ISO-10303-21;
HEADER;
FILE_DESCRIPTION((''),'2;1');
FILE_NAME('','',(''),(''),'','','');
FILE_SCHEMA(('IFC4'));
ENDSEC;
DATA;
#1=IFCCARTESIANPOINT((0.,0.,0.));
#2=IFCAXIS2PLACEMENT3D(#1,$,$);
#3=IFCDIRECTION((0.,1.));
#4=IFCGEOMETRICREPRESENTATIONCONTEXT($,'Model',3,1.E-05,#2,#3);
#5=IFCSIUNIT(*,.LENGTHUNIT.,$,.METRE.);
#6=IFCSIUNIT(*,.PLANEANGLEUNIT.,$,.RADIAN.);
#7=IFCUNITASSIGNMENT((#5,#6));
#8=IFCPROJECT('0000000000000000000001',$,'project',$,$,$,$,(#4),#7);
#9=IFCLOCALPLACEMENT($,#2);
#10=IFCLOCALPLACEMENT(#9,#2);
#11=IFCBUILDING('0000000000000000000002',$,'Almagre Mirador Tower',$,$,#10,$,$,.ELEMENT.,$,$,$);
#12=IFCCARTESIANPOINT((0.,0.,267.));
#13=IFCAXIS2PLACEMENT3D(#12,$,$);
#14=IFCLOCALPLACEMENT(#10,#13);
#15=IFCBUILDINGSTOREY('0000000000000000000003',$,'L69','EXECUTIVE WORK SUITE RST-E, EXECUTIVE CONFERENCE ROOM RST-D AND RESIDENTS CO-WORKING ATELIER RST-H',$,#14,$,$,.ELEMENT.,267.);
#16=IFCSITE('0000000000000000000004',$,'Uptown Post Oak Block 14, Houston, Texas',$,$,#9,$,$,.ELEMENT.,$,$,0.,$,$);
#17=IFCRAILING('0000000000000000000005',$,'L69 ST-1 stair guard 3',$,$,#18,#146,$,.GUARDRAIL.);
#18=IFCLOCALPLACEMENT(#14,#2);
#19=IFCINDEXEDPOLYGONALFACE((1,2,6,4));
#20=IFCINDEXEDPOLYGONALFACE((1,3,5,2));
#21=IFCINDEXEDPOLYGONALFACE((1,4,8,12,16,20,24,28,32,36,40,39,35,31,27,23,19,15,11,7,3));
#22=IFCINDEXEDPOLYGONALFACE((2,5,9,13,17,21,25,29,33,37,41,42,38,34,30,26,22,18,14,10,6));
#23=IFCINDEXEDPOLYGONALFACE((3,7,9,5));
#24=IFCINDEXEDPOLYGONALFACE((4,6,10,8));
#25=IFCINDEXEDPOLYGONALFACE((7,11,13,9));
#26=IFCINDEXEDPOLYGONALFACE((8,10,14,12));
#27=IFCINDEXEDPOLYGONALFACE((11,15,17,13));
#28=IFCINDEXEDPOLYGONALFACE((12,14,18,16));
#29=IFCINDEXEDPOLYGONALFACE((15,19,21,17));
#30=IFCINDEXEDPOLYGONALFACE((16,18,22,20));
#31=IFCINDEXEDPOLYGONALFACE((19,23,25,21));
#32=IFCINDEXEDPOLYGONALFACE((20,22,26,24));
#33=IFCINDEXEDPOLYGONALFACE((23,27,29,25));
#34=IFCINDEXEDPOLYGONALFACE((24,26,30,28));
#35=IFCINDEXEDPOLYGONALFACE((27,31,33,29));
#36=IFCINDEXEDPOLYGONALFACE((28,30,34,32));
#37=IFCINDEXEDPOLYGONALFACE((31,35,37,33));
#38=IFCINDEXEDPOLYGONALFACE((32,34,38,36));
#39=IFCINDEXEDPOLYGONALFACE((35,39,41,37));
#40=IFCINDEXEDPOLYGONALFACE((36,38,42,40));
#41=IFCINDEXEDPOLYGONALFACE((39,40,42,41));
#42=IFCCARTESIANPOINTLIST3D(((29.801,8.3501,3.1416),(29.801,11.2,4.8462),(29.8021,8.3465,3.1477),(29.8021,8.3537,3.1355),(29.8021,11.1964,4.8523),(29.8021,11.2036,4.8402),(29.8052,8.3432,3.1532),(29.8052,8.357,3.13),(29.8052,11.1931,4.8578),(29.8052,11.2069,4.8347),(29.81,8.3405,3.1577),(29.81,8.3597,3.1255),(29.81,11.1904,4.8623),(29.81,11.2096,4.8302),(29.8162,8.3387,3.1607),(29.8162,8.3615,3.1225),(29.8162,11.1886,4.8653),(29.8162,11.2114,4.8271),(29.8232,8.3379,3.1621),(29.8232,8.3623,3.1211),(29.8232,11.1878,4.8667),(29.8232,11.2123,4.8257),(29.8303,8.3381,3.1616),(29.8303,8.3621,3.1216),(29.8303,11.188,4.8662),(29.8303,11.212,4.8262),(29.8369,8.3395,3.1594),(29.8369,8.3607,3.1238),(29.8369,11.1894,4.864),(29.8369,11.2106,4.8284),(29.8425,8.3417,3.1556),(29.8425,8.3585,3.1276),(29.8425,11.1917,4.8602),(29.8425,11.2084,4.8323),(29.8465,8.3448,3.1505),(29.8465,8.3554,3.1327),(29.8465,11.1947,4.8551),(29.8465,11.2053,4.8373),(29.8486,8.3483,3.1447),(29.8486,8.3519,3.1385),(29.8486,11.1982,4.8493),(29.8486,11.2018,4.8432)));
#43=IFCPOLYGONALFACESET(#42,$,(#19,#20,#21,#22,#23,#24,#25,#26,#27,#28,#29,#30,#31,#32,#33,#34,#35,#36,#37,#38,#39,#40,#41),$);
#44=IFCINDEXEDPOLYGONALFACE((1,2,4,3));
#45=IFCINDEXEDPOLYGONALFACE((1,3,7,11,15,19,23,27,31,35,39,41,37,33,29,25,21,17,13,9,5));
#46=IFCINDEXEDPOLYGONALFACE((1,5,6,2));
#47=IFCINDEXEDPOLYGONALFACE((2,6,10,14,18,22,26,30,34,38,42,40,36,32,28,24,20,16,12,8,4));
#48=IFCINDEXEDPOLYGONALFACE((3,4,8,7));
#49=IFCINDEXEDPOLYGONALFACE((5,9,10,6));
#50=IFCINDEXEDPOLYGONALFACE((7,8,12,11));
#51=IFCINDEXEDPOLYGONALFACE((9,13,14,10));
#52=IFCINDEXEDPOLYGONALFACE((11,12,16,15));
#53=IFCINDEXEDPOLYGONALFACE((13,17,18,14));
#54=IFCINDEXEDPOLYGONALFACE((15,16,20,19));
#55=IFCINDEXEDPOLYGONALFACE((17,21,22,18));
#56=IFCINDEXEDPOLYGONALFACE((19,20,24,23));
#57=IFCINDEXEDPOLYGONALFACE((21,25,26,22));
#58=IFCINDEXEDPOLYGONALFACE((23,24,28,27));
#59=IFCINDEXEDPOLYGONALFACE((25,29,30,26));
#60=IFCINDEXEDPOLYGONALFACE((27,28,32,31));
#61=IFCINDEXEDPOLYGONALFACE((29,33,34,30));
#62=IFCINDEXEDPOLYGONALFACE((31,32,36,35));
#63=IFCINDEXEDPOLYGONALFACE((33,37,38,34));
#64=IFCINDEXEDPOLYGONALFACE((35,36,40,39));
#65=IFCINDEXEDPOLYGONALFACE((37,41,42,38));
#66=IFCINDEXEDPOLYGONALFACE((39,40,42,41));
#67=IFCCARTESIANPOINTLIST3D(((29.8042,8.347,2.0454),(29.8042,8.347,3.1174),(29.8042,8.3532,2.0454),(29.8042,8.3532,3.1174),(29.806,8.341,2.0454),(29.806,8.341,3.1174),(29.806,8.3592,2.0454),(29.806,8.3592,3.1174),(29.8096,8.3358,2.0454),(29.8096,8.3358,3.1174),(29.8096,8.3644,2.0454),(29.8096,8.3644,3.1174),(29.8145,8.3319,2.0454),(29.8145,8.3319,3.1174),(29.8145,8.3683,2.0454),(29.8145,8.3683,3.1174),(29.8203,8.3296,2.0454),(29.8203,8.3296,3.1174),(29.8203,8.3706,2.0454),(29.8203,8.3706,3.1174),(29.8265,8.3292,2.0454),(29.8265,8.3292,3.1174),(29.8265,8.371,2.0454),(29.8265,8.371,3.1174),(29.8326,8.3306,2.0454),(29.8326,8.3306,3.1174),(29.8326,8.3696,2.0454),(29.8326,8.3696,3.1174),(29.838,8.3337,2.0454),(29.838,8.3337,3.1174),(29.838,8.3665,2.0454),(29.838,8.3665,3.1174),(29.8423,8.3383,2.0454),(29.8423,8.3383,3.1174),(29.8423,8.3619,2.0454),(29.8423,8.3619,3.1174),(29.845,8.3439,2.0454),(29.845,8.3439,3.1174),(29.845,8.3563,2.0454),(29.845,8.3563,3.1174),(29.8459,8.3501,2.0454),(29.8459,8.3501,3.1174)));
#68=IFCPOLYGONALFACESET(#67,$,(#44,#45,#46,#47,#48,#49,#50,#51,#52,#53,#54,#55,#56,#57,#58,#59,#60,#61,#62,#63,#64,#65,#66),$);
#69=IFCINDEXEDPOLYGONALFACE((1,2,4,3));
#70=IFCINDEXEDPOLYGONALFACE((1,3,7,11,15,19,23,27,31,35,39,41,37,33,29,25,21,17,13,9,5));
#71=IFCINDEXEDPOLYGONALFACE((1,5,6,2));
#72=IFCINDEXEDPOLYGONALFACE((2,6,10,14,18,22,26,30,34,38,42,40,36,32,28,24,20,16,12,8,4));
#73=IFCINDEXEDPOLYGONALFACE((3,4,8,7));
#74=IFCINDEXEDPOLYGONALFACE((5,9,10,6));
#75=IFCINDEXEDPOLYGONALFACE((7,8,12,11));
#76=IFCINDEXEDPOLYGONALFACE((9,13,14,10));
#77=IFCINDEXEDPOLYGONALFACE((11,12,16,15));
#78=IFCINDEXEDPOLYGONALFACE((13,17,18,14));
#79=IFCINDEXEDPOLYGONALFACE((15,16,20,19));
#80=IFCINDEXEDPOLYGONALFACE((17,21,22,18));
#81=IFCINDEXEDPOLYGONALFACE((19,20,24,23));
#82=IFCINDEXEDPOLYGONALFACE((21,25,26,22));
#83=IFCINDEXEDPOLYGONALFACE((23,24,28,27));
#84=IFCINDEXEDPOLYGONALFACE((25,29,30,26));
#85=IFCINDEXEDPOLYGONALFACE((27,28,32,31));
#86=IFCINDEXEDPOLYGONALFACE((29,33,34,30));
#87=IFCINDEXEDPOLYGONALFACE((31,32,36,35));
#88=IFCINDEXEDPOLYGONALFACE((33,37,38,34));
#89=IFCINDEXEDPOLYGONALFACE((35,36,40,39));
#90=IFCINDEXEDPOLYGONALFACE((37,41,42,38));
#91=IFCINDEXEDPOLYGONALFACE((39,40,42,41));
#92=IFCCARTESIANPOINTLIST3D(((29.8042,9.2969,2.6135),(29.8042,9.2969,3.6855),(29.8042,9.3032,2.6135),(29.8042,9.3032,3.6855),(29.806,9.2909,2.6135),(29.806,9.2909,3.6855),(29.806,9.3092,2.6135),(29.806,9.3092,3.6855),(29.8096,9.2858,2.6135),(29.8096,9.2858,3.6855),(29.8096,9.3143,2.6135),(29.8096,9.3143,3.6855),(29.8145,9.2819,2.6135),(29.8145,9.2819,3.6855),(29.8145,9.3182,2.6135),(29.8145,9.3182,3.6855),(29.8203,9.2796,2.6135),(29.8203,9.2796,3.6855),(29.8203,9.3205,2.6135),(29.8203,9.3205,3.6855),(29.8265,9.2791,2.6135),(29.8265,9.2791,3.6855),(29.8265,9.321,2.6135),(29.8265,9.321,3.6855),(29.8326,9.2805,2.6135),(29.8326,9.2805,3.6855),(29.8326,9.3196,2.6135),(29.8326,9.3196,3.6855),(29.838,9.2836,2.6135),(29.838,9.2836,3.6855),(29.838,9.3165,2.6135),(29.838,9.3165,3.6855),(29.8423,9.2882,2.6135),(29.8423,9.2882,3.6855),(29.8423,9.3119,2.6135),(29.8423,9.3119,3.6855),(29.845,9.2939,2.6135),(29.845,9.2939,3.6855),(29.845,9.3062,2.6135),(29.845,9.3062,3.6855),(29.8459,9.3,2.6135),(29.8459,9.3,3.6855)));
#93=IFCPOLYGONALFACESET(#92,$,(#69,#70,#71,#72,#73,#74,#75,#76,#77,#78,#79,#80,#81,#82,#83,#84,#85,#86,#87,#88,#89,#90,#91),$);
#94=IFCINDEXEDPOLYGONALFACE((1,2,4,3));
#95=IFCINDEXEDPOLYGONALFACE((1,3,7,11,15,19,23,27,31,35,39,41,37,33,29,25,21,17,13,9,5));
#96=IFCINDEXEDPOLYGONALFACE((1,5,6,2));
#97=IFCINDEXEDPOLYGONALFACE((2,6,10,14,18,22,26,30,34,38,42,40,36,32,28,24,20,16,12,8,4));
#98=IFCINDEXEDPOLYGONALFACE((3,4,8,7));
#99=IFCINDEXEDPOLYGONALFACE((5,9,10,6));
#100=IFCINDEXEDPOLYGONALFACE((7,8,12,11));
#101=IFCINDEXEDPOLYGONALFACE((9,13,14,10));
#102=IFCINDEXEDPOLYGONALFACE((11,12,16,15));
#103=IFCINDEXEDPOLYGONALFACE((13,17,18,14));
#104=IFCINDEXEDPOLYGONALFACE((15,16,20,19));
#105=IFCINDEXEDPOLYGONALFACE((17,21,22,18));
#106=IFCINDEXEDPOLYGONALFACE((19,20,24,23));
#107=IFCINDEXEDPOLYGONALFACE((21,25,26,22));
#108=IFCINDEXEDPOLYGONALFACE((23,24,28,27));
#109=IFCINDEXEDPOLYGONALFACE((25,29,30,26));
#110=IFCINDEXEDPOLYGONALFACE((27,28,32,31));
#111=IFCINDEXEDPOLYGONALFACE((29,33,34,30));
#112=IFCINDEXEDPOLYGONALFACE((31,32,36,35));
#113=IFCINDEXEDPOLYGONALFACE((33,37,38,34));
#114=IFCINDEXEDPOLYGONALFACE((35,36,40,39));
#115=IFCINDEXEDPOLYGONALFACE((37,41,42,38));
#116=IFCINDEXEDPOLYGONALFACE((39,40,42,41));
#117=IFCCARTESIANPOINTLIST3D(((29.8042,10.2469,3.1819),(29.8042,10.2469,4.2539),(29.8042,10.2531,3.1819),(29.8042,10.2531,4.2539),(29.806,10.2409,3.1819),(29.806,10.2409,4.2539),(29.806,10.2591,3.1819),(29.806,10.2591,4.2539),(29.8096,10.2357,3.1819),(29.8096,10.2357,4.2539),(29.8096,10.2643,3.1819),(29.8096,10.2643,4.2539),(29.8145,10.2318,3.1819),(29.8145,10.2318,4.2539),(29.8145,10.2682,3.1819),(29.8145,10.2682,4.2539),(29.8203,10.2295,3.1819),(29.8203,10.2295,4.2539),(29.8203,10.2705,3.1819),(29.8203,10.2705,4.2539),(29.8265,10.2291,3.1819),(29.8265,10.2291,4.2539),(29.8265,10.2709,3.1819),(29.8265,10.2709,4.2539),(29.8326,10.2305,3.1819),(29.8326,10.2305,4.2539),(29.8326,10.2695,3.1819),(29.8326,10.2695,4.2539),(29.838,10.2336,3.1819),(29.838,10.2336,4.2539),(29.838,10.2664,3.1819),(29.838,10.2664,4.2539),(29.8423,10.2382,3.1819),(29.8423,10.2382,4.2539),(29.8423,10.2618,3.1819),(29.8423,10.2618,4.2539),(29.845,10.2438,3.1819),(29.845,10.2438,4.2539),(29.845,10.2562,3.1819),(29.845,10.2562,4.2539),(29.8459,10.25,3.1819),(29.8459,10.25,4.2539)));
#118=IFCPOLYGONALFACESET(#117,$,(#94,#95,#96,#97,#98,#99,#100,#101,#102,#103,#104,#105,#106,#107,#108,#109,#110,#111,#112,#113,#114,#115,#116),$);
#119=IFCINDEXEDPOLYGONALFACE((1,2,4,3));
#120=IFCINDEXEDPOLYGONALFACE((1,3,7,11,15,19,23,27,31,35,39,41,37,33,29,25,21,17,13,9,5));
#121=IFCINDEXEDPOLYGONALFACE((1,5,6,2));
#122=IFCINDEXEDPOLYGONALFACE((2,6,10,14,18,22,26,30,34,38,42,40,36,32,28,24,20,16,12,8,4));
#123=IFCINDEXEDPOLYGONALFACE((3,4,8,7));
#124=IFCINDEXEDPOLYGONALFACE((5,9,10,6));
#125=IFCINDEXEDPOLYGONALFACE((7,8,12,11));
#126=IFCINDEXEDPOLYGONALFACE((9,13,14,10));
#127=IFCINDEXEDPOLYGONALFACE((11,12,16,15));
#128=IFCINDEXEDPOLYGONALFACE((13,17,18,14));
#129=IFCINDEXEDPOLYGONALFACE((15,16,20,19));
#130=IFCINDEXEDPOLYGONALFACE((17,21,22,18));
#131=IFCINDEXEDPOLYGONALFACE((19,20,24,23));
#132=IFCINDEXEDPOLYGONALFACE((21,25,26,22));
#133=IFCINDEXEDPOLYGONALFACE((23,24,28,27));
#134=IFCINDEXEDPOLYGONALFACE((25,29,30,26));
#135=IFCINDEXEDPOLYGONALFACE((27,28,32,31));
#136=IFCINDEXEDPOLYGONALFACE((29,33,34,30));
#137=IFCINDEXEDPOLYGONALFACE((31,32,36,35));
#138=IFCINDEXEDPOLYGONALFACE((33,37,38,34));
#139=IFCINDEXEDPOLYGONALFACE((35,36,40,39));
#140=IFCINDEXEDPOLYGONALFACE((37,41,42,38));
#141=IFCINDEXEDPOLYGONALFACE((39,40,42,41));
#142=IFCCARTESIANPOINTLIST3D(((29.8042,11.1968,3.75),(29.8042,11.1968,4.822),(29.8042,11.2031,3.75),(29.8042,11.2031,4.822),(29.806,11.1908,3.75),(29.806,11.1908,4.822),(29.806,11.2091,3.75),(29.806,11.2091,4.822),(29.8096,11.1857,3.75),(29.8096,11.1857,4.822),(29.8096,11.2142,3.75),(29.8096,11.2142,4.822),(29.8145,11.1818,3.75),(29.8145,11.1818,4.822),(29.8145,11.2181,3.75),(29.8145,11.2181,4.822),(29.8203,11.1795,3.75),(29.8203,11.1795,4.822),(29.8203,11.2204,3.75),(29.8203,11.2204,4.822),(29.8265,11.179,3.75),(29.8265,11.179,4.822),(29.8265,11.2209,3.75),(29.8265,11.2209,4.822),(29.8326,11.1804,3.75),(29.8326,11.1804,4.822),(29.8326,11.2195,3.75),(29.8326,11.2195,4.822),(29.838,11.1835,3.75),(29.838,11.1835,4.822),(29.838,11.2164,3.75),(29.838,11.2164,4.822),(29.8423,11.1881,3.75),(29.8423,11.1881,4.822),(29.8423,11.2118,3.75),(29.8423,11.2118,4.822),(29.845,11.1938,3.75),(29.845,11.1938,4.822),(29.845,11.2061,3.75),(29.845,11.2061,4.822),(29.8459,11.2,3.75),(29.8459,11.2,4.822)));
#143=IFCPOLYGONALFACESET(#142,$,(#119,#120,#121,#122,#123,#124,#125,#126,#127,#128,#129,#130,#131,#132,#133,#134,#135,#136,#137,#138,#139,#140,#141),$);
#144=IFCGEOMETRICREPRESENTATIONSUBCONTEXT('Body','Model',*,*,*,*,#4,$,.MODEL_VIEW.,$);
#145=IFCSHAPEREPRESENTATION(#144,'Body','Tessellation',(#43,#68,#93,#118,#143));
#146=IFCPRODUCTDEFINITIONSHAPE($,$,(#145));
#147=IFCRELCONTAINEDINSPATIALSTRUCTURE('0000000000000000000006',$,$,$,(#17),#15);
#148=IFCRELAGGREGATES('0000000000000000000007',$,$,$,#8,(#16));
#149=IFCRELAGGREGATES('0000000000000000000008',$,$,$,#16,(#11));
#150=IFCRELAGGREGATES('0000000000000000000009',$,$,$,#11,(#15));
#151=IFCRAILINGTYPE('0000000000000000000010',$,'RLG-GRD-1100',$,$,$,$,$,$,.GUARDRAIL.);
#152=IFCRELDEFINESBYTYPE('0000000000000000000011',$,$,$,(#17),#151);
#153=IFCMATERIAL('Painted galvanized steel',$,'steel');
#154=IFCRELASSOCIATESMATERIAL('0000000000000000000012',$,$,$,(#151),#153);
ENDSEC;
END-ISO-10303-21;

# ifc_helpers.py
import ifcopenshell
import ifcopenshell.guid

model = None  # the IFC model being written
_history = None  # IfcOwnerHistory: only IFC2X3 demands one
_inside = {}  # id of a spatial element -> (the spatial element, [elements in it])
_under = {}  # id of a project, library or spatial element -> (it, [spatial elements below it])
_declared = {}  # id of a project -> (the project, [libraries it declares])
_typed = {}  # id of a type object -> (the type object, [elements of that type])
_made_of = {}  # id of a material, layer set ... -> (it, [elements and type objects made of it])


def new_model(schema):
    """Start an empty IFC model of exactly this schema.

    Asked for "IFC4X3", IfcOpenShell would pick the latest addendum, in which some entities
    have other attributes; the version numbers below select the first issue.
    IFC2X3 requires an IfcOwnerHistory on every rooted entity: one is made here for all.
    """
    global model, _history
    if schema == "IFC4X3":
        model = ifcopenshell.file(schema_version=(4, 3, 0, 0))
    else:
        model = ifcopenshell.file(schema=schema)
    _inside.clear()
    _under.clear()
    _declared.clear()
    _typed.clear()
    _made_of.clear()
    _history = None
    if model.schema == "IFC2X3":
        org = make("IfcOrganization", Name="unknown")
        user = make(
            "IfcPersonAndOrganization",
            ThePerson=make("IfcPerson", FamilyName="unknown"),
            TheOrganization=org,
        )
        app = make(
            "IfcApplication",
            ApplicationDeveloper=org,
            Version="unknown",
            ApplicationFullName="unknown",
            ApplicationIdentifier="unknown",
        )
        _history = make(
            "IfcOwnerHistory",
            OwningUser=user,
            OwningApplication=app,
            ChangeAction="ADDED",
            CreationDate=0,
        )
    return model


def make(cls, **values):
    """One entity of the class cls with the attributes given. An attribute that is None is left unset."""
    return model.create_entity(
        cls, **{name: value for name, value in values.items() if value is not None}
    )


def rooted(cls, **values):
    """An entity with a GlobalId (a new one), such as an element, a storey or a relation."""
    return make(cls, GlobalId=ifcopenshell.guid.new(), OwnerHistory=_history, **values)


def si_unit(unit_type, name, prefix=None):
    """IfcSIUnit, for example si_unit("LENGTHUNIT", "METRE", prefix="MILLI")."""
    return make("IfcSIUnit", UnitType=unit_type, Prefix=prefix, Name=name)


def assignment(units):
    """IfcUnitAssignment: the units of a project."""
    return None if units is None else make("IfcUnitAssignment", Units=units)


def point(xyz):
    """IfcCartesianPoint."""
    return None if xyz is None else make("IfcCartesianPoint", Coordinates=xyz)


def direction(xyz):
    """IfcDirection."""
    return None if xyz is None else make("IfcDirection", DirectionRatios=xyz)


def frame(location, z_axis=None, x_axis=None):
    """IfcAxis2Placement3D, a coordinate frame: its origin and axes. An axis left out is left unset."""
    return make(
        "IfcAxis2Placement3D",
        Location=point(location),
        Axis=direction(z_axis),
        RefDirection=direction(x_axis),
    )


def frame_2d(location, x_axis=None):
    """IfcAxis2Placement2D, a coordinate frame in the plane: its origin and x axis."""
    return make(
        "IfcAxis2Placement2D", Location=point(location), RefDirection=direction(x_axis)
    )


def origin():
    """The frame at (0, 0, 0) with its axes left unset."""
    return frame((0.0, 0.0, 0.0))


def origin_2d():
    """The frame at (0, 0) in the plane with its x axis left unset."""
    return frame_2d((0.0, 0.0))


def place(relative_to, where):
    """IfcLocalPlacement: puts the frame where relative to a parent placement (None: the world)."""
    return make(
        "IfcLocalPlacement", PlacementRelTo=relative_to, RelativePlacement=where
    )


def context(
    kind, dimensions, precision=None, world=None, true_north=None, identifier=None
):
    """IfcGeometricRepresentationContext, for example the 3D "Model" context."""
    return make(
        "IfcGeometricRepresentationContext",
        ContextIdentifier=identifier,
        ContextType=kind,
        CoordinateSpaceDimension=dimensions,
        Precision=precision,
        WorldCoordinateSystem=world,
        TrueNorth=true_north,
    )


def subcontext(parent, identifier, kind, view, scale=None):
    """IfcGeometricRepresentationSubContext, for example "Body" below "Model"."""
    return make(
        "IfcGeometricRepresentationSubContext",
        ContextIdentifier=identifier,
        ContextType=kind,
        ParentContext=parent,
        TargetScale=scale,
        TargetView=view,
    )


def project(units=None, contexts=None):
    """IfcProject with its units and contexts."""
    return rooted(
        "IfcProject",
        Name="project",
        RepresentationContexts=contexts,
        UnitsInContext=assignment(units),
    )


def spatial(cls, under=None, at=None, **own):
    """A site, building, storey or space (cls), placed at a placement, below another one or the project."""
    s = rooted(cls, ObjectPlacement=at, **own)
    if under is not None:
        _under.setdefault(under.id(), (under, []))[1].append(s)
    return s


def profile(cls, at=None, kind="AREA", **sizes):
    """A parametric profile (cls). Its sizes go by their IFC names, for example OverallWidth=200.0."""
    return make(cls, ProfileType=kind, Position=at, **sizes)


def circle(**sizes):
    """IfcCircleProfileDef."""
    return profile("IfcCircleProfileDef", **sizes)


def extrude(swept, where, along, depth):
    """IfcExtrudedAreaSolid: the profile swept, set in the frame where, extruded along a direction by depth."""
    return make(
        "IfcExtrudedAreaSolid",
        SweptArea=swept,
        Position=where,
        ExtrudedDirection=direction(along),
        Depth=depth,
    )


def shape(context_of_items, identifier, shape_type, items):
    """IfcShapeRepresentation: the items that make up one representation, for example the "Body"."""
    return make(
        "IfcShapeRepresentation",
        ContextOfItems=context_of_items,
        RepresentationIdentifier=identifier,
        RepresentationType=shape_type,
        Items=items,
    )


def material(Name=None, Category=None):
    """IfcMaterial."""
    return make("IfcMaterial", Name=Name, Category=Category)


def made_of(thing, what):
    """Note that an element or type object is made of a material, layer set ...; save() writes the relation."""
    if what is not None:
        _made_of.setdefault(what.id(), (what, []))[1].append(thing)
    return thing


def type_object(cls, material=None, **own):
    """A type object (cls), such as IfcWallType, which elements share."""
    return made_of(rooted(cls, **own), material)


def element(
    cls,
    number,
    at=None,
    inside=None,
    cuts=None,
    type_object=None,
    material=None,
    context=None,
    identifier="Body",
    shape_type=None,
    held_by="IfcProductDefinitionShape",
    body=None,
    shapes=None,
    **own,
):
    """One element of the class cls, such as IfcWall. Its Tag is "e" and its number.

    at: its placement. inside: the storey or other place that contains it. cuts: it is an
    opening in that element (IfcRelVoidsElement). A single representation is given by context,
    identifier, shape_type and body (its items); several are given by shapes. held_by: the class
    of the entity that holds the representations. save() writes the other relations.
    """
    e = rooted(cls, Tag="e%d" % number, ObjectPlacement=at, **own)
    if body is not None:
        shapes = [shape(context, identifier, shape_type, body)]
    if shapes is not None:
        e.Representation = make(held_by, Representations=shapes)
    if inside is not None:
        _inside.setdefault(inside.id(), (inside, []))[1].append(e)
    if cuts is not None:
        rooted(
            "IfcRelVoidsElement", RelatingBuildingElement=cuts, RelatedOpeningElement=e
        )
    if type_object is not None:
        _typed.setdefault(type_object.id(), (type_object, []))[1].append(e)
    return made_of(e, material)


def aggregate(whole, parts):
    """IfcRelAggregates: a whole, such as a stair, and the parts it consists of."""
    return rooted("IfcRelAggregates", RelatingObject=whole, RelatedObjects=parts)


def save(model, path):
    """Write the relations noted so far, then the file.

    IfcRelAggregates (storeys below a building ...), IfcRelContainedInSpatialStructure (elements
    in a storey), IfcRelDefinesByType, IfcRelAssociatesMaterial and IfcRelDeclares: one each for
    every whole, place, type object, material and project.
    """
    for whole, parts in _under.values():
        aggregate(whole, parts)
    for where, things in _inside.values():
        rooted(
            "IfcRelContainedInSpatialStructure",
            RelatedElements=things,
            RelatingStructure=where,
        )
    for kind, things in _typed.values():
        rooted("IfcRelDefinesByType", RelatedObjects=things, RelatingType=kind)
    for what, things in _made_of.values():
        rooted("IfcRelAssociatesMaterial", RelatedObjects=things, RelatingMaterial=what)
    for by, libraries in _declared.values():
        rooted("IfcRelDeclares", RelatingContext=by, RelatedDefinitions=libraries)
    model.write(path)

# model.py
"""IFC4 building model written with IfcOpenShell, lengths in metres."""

from ifc_helpers import new_model, si_unit, direction, frame, origin, origin_2d, place, context, subcontext, project, spatial, circle, extrude, material, type_object, element, save


model = new_model("IFC4")

# Units and contexts
model_context = context("Model", 3, precision=1e-05, world=origin(), true_north=direction((0.0, 1.0)))
body_context = subcontext(model_context, "Body", "Model", "MODEL_VIEW")
ifc_project = project(units=[si_unit("LENGTHUNIT", "METRE"), si_unit("PLANEANGLEUNIT", "RADIAN")], contexts=[model_context])

# Site, building, storey
site_placement = place(None, origin())
site = spatial("IfcSite", under=ifc_project, at=site_placement, Name="Uptown Post Oak Block 14, Houston, Texas", CompositionType="ELEMENT", RefElevation=0.0)
building_placement = place(site_placement, origin())
building = spatial("IfcBuilding", under=site, at=building_placement, Name="Almagre Mirador Tower", CompositionType="ELEMENT")
storey_placement = place(building_placement, frame((0.0, 0.0, 267.0)))
storey = spatial("IfcBuildingStorey", under=building, at=storey_placement, Name="L69", Description="EXECUTIVE WORK SUITE RST-E, EXECUTIVE CONFERENCE ROOM RST-D AND RESIDENTS CO-WORKING ATELIER RST-H", CompositionType="ELEMENT", Elevation=267.0)

# Railing
ifc_material_1 = material(Name="Painted galvanized steel", Category="steel")
railing_type_1 = type_object("IfcRailingType", Name="RLG-GRD-1100", PredefinedType="GUARDRAIL", material=ifc_material_1)
railing_1_placement = place(storey_placement, frame((29.825, 8.3501, 2.0454)))
element("IfcRailing", 1, at=railing_1_placement, inside=storey, type_object=railing_type_1, Name="L69 ST-1 stair guard 3", PredefinedType="GUARDRAIL", context=body_context, shape_type="SweptSolid", body=[
    extrude(circle(Radius=0.0239, at=origin_2d()), frame((0.0, 0.0, 1.0962), z_axis=(0.0, 0.858199, 0.513317), x_axis=(-1.0, 0.0, 0.0)), (0.0, 0.0, 1.0), 3.3208),
    extrude(circle(Radius=0.021, at=origin_2d()), origin(), (0.0, 0.0, 1.0), 1.072),
    extrude(circle(Radius=0.021, at=origin_2d()), frame((0.0, 0.95, 0.5681)), (0.0, 0.0, 1.0), 1.072),
    extrude(circle(Radius=0.021, at=origin_2d()), frame((0.0, 1.8999, 1.1365)), (0.0, 0.0, 1.0), 1.072),
    extrude(circle(Radius=0.021, at=origin_2d()), frame((0.0, 2.8499, 1.7046)), (0.0, 0.0, 1.0), 1.072),
])

save(model, "model.ifc")
